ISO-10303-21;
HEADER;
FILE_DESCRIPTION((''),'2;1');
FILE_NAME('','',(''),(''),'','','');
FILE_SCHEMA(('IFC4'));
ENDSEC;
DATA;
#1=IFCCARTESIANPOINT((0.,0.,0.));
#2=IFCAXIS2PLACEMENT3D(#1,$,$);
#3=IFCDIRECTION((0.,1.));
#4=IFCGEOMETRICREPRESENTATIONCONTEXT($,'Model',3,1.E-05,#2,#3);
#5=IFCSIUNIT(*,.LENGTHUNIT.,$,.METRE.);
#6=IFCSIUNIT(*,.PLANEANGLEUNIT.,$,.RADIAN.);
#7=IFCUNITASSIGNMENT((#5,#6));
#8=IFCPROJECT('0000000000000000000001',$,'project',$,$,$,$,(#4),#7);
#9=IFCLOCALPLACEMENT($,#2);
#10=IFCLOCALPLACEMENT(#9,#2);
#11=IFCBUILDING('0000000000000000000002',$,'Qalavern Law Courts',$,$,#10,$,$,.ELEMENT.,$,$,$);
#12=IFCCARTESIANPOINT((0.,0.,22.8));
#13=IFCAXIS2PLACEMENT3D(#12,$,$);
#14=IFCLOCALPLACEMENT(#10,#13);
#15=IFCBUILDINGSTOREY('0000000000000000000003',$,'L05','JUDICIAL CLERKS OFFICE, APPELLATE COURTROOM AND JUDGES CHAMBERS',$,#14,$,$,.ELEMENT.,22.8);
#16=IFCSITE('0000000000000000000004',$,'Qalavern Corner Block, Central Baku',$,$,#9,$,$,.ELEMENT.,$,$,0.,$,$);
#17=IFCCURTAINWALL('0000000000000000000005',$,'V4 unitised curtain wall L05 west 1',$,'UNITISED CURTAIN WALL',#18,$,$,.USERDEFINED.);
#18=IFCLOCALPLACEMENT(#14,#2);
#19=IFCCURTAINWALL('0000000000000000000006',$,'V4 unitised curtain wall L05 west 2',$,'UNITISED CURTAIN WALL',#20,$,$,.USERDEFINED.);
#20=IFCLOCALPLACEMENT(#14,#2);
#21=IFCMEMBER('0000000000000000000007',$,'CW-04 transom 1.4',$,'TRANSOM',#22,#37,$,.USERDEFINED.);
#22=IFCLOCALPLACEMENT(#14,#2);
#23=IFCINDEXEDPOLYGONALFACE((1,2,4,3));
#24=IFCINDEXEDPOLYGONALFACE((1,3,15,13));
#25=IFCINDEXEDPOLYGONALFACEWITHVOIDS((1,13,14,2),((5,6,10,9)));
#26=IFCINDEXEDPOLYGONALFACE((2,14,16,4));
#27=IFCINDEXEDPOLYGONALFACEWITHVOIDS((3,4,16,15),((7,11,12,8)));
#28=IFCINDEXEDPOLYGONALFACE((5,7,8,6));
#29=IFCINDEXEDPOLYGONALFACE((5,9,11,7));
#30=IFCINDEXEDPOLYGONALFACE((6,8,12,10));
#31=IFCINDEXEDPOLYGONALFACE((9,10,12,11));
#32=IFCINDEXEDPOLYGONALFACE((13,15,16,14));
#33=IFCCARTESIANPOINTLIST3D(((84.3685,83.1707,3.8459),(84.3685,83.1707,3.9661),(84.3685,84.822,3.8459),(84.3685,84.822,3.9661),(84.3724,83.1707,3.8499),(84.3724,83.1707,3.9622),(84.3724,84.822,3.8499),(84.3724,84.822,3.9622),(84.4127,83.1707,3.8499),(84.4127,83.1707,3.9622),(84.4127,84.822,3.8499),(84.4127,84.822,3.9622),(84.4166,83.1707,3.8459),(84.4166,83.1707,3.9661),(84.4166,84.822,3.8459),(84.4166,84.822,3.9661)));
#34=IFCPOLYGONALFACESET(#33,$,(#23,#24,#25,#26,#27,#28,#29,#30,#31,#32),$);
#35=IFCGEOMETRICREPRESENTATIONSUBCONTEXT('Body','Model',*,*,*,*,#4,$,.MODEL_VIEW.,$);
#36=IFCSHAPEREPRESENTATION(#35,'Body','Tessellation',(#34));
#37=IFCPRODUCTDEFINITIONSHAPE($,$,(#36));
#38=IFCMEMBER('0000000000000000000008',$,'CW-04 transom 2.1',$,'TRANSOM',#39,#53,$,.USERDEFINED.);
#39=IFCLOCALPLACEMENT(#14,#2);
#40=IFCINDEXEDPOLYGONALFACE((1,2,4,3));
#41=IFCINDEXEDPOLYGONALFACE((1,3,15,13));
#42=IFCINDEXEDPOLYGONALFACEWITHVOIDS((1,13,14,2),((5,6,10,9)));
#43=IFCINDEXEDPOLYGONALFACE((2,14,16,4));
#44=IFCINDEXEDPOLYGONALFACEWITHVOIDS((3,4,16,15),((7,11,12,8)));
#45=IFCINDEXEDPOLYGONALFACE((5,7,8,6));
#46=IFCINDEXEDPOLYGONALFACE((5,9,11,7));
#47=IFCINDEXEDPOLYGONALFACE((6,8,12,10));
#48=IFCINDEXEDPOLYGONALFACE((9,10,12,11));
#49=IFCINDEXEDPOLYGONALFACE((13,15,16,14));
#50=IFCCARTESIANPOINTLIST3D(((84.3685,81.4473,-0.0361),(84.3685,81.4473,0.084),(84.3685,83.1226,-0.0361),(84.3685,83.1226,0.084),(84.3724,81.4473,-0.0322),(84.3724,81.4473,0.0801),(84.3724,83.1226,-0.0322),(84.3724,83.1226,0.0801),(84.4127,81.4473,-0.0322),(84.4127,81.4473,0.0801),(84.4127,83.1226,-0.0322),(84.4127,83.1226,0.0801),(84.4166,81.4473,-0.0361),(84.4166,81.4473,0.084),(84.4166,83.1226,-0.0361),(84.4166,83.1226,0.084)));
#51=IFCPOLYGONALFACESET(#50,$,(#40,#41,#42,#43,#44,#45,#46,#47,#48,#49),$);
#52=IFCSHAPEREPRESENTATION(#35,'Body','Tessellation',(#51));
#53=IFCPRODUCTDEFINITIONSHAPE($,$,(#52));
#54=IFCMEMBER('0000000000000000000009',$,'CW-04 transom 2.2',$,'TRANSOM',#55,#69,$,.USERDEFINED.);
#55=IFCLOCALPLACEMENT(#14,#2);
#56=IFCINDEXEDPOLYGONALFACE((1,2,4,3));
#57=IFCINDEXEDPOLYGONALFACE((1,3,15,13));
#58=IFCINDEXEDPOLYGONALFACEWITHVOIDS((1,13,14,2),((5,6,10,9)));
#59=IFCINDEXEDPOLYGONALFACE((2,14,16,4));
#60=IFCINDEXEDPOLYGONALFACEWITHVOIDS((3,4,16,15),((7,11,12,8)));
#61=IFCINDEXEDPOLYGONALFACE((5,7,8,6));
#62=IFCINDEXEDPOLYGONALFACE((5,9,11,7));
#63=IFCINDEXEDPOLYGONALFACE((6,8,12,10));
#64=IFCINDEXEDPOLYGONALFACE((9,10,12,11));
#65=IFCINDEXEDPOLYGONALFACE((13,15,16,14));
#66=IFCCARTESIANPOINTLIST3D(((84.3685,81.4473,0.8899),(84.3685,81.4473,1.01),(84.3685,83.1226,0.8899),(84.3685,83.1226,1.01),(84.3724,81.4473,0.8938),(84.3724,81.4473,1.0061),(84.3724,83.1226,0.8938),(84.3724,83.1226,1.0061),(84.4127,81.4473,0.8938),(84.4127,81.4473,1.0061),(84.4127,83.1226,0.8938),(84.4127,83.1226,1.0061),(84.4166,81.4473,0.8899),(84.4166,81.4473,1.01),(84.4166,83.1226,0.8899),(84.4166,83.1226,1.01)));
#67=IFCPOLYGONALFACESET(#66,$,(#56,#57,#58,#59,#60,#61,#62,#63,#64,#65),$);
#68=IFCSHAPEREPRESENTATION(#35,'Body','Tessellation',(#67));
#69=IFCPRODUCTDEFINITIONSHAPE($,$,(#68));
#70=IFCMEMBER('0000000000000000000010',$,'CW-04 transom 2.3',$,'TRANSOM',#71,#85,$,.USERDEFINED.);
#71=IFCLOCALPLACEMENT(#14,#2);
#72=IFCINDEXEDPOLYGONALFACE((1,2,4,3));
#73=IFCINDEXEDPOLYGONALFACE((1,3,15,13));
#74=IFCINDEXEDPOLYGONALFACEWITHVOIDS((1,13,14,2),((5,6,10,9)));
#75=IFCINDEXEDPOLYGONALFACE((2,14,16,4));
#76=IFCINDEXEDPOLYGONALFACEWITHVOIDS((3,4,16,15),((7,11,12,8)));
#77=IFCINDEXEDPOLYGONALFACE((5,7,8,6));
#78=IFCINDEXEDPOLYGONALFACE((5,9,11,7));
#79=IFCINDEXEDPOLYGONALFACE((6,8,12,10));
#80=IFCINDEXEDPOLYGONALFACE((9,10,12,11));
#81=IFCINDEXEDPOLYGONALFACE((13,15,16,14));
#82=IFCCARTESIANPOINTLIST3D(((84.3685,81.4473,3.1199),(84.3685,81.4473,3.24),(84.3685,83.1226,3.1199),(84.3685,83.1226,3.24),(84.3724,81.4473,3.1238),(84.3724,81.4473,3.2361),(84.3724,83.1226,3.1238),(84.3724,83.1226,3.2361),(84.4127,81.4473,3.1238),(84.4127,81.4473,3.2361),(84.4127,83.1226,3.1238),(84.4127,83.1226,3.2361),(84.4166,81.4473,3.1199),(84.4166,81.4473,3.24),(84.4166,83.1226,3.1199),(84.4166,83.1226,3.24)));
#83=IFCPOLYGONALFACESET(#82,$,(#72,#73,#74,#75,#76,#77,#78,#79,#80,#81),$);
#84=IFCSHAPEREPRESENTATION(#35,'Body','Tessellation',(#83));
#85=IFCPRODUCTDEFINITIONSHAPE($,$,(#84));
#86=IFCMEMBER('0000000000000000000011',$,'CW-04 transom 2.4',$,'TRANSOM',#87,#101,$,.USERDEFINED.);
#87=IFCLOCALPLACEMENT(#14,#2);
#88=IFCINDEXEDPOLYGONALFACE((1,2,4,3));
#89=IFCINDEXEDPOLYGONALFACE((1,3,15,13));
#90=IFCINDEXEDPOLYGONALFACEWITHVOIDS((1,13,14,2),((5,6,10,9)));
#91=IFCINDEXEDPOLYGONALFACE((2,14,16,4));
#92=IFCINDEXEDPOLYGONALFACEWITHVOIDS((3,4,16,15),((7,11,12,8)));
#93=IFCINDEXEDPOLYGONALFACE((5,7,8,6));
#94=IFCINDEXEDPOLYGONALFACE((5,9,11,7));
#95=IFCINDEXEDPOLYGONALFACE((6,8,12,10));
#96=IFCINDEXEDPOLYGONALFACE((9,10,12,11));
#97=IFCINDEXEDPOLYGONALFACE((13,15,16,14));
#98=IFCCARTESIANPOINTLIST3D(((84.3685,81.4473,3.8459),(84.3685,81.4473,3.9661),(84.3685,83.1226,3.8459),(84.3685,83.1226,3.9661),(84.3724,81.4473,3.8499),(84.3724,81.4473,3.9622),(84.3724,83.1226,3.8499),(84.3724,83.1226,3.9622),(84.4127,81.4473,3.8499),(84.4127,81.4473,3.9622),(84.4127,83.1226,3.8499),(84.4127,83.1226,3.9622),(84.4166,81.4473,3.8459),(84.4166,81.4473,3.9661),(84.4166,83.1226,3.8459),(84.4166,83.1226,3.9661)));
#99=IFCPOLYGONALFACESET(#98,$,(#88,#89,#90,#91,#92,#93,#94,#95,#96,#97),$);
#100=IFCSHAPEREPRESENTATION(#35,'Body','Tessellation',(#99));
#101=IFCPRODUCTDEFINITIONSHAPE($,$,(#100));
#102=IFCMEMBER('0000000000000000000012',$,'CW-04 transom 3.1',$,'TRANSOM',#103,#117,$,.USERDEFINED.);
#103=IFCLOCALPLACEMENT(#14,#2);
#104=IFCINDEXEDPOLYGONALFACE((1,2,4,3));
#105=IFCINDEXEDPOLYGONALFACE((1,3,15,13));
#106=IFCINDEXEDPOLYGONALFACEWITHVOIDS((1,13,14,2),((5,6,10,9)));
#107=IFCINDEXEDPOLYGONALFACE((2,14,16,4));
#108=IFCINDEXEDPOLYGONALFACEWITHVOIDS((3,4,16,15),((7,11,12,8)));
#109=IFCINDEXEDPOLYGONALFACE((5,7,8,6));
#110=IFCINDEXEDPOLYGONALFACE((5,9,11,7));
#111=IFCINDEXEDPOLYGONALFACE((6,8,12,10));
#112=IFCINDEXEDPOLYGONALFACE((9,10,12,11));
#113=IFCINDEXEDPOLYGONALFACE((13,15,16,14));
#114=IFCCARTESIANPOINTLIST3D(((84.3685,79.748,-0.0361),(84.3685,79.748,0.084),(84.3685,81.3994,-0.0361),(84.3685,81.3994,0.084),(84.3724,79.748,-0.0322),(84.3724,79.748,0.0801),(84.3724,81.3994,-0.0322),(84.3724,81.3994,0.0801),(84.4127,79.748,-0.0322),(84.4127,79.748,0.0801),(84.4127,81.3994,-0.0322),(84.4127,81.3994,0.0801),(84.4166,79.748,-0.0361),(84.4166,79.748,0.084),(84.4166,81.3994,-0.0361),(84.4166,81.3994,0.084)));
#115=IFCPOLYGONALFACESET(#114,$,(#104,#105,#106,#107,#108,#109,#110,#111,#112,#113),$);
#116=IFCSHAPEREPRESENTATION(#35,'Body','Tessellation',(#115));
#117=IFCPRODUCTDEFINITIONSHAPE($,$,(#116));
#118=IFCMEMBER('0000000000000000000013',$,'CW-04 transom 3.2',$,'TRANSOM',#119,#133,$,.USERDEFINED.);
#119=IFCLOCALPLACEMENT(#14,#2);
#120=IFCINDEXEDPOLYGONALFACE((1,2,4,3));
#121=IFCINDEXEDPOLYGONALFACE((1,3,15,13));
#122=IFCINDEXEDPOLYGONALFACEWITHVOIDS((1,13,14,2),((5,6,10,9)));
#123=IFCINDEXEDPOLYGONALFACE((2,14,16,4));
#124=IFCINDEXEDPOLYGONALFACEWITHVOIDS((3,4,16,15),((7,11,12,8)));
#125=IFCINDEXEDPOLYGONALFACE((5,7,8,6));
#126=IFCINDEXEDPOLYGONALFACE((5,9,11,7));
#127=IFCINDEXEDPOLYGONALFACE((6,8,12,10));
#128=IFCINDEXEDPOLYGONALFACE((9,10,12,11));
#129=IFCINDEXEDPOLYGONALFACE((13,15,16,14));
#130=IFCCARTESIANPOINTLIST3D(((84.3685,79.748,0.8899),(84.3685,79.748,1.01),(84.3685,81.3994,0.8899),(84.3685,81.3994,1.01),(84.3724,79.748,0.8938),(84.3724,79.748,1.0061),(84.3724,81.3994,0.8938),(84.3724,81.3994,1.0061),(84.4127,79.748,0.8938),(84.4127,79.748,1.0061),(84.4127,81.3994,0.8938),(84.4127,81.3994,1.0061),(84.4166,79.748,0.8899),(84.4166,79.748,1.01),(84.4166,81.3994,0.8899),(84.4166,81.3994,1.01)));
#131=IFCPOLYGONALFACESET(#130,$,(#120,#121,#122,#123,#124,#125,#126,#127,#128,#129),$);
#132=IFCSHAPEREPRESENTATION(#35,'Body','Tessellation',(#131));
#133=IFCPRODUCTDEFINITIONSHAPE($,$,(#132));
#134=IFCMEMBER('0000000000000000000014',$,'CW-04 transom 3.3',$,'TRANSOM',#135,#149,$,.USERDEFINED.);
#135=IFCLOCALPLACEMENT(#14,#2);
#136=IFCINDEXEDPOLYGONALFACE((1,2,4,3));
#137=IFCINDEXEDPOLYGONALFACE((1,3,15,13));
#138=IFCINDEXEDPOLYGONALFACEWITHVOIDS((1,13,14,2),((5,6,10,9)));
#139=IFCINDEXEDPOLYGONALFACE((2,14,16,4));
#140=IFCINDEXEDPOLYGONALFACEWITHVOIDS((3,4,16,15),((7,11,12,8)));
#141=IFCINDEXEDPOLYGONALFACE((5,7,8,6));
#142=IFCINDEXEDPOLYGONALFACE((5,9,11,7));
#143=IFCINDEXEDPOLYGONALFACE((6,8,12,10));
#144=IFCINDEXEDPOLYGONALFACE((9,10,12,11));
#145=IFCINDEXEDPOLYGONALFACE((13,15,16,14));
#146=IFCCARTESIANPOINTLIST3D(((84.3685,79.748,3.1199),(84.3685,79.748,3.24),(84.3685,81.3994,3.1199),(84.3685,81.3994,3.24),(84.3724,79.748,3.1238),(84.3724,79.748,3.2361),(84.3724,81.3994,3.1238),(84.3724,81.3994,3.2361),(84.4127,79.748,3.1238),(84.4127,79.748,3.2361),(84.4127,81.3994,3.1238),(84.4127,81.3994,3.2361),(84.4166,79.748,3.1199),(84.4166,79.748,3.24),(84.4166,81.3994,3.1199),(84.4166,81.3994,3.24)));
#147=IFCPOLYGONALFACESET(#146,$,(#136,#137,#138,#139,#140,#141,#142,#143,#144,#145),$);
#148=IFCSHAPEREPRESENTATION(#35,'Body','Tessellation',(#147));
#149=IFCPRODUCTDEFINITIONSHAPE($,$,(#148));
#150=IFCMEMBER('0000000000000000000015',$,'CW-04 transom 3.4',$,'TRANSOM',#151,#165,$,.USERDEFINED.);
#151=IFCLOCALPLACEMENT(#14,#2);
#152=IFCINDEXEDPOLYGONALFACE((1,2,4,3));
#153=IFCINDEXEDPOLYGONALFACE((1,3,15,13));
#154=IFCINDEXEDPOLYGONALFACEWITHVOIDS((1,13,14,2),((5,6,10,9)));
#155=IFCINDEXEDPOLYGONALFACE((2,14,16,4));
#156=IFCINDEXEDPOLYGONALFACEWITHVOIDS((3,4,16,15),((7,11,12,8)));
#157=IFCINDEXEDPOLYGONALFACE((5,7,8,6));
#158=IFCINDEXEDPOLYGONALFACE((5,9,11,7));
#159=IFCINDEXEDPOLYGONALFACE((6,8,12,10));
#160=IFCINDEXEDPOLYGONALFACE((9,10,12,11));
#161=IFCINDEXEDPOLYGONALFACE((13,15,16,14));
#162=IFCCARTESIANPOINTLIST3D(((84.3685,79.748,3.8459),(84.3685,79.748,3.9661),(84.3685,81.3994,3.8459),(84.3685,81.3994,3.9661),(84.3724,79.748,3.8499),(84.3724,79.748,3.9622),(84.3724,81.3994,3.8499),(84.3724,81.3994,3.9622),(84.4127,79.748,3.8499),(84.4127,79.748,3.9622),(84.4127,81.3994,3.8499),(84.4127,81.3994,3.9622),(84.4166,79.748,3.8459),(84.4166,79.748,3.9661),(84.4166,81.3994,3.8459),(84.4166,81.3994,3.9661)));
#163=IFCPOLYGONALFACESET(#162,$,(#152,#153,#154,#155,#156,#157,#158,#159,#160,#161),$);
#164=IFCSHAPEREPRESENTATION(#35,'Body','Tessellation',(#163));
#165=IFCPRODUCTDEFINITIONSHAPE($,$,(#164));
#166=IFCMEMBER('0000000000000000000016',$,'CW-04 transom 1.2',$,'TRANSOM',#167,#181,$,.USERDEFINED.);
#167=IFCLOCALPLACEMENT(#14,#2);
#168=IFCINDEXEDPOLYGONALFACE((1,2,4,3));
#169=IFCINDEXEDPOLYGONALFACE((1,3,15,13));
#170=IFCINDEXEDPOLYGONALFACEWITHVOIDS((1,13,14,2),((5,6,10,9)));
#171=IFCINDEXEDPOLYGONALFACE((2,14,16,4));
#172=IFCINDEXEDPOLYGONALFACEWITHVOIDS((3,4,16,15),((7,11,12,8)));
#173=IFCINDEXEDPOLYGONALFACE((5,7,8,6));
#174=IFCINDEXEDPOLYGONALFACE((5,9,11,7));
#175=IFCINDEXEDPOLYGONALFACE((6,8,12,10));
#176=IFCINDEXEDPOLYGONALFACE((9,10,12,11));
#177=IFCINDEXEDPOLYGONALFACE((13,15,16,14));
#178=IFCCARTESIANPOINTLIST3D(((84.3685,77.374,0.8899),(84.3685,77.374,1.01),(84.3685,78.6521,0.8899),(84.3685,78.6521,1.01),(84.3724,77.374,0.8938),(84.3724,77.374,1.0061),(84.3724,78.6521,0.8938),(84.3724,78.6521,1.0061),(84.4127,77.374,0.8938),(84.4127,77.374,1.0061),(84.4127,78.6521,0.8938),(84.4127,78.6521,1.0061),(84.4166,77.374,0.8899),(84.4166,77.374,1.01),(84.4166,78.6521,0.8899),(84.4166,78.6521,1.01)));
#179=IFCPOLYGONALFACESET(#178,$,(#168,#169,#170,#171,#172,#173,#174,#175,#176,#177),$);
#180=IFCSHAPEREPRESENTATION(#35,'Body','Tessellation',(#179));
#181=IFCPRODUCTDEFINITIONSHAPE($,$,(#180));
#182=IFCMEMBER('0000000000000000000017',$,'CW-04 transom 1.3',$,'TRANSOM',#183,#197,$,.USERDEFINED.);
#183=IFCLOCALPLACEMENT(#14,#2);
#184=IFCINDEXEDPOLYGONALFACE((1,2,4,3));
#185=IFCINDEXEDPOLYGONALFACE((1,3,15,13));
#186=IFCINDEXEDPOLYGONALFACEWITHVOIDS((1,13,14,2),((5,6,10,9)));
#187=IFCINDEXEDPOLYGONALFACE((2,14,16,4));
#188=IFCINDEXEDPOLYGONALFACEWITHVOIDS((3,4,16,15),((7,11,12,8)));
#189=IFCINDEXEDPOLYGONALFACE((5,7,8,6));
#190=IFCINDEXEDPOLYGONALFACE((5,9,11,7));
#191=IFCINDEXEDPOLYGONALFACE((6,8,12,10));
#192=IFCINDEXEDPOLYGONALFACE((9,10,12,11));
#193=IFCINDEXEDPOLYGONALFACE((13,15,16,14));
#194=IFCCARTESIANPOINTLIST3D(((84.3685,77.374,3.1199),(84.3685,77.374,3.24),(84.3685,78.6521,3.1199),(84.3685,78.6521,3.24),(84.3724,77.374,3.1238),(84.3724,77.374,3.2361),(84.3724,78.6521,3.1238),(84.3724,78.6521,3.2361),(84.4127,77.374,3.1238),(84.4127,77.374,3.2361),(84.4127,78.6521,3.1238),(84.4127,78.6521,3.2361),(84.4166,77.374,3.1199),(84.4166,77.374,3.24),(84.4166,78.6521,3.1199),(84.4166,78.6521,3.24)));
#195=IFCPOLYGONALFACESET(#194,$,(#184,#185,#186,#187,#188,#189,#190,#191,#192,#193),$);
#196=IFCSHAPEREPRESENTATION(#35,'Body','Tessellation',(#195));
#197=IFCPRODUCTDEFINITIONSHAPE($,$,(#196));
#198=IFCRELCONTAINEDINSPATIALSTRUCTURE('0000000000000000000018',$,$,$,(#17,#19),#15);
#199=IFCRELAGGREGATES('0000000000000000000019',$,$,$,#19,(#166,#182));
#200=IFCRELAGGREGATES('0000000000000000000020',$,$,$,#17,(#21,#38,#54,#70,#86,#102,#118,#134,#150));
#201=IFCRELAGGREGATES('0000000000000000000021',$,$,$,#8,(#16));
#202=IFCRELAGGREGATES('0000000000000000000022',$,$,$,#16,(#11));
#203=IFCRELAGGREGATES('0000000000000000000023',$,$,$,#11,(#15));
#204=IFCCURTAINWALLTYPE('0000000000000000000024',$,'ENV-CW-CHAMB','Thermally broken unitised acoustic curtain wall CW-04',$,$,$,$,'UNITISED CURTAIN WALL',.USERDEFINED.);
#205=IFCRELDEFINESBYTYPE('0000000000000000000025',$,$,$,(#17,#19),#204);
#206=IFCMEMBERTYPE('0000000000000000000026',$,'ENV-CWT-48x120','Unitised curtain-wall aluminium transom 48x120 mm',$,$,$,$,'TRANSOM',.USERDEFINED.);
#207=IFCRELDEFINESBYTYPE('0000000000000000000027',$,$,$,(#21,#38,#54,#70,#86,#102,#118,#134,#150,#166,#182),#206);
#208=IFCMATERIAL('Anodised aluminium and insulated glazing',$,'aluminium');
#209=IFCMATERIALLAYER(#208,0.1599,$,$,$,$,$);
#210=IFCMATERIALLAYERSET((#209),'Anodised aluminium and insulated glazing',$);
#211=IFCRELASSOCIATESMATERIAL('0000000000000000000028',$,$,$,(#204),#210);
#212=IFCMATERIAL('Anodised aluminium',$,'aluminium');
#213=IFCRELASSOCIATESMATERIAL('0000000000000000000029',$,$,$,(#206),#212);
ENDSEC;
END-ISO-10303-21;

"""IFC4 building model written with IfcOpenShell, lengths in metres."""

from ifc_helpers import new_model, si_unit, direction, frame, origin, origin_2d, place, context, subcontext, project, spatial, hollow_rectangle, extrude, material, layer, layer_set, material_profile, profile_set, type_object, element, aggregate, save


model = new_model("IFC4")

# Units and contexts
model_context = context("Model", 3, precision=1e-05, world=origin(), true_north=direction((0.0, 1.0)))
body_context = subcontext(model_context, "Body", "Model", "MODEL_VIEW")
ifc_project = project(units=[si_unit("LENGTHUNIT", "METRE"), si_unit("PLANEANGLEUNIT", "RADIAN")], contexts=[model_context])

# Site, building, storey
site_placement = place(None, origin())
site = spatial("IfcSite", under=ifc_project, at=site_placement, Name="Qalavern Corner Block, Central Baku", CompositionType="ELEMENT", RefElevation=0.0)
building_placement = place(site_placement, origin())
building = spatial("IfcBuilding", under=site, at=building_placement, Name="Qalavern Law Courts", CompositionType="ELEMENT")
storey_placement = place(building_placement, frame((0.0, 0.0, 22.8)))
storey = spatial("IfcBuildingStorey", under=building, at=storey_placement, Name="L05", Description="JUDICIAL CLERKS OFFICE, APPELLATE COURTROOM AND JUDGES CHAMBERS", CompositionType="ELEMENT", Elevation=22.8)

# Shared definitions
ifc_material_1 = material(Name="Anodised aluminium and insulated glazing", Category="aluminium")
ifc_layer_1 = layer(ifc_material_1, 0.1599)
ifc_layer_set_1 = layer_set([ifc_layer_1], Name="Anodised aluminium and insulated glazing")
curtain_wall_type = type_object("IfcCurtainWallType", Name="ENV-CW-CHAMB", Description="Thermally broken unitised acoustic curtain wall CW-04", ElementType="UNITISED CURTAIN WALL", PredefinedType="USERDEFINED", material=ifc_layer_set_1)
ifc_material_2 = material(Name="Anodised aluminium", Category="aluminium")

# Curtain wall
curtain_wall_1_placement = place(storey_placement, origin())
curtain_wall_1 = element("IfcCurtainWall", 1, at=curtain_wall_1_placement, inside=storey, type_object=curtain_wall_type, Name="V4 unitised curtain wall L05 west 1", ObjectType="UNITISED CURTAIN WALL", PredefinedType="USERDEFINED")

# Curtain wall
curtain_wall_2_placement = place(storey_placement, origin())
curtain_wall_2 = element("IfcCurtainWall", 2, at=curtain_wall_2_placement, inside=storey, type_object=curtain_wall_type, Name="V4 unitised curtain wall L05 west 2", ObjectType="UNITISED CURTAIN WALL", PredefinedType="USERDEFINED")

# Members
ifc_material_profile_1 = material_profile(ifc_material_2, hollow_rectangle(XDim=0.0481, YDim=0.1201, WallThickness=0.0039, at=origin_2d()), Name="ALU TRANSOM 48x120")
ifc_profile_set_1 = profile_set([ifc_material_profile_1], Name="Anodised aluminium")
member_type_1 = type_object("IfcMemberType", Name="ENV-CWT-48x120", Description="Unitised curtain-wall aluminium transom 48x120 mm", ElementType="TRANSOM", PredefinedType="USERDEFINED", material=ifc_profile_set_1)
member_1_placement = place(storey_placement, frame((84.3926, 84.822, 3.906), z_axis=(0.0, -1.0, 0.0), x_axis=(1.0, 0.0, 0.0)))
member_1 = element("IfcMember", 3, at=member_1_placement, type_object=member_type_1, Name="CW-04 transom 1.4", ObjectType="TRANSOM", PredefinedType="USERDEFINED", context=body_context, shape_type="SweptSolid", body=[
    extrude(hollow_rectangle(XDim=0.0481, YDim=0.1201, WallThickness=0.0039, at=origin_2d()), origin(), (0.0, 0.0, 1.0), 1.6514),
])
member_2_placement = place(storey_placement, frame((84.3926, 83.1226, 0.0239), z_axis=(0.0, -1.0, 0.0), x_axis=(1.0, 0.0, 0.0)))
member_2 = element("IfcMember", 4, at=member_2_placement, type_object=member_type_1, Name="CW-04 transom 2.1", ObjectType="TRANSOM", PredefinedType="USERDEFINED", context=body_context, shape_type="SweptSolid", body=[
    extrude(hollow_rectangle(XDim=0.0481, YDim=0.1201, WallThickness=0.0039, at=origin_2d()), origin(), (0.0, 0.0, 1.0), 1.6753),
])
member_3_placement = place(storey_placement, frame((84.3926, 83.1226, 0.95), z_axis=(0.0, -1.0, 0.0), x_axis=(1.0, 0.0, 0.0)))
member_3 = element("IfcMember", 5, at=member_3_placement, type_object=member_type_1, Name="CW-04 transom 2.2", ObjectType="TRANSOM", PredefinedType="USERDEFINED", context=body_context, shape_type="SweptSolid", body=[
    extrude(hollow_rectangle(XDim=0.0481, YDim=0.1201, WallThickness=0.0039, at=origin_2d()), origin(), (0.0, 0.0, 1.0), 1.6753),
])
member_4_placement = place(storey_placement, frame((84.3926, 83.1226, 3.1799), z_axis=(0.0, -1.0, 0.0), x_axis=(1.0, 0.0, 0.0)))
member_4 = element("IfcMember", 6, at=member_4_placement, type_object=member_type_1, Name="CW-04 transom 2.3", ObjectType="TRANSOM", PredefinedType="USERDEFINED", context=body_context, shape_type="SweptSolid", body=[
    extrude(hollow_rectangle(XDim=0.0481, YDim=0.1201, WallThickness=0.0039, at=origin_2d()), origin(), (0.0, 0.0, 1.0), 1.6753),
])
member_5_placement = place(storey_placement, frame((84.3926, 83.1226, 3.906), z_axis=(0.0, -1.0, 0.0), x_axis=(1.0, 0.0, 0.0)))
member_5 = element("IfcMember", 7, at=member_5_placement, type_object=member_type_1, Name="CW-04 transom 2.4", ObjectType="TRANSOM", PredefinedType="USERDEFINED", context=body_context, shape_type="SweptSolid", body=[
    extrude(hollow_rectangle(XDim=0.0481, YDim=0.1201, WallThickness=0.0039, at=origin_2d()), origin(), (0.0, 0.0, 1.0), 1.6753),
])
member_6_placement = place(storey_placement, frame((84.3926, 81.3994, 0.0239), z_axis=(0.0, -1.0, 0.0), x_axis=(1.0, 0.0, 0.0)))
member_6 = element("IfcMember", 8, at=member_6_placement, type_object=member_type_1, Name="CW-04 transom 3.1", ObjectType="TRANSOM", PredefinedType="USERDEFINED", context=body_context, shape_type="SweptSolid", body=[
    extrude(hollow_rectangle(XDim=0.0481, YDim=0.1201, WallThickness=0.0039, at=origin_2d()), origin(), (0.0, 0.0, 1.0), 1.6514),
])
member_7_placement = place(storey_placement, frame((84.3926, 81.3994, 0.95), z_axis=(0.0, -1.0, 0.0), x_axis=(1.0, 0.0, 0.0)))
member_7 = element("IfcMember", 9, at=member_7_placement, type_object=member_type_1, Name="CW-04 transom 3.2", ObjectType="TRANSOM", PredefinedType="USERDEFINED", context=body_context, shape_type="SweptSolid", body=[
    extrude(hollow_rectangle(XDim=0.0481, YDim=0.1201, WallThickness=0.0039, at=origin_2d()), origin(), (0.0, 0.0, 1.0), 1.6514),
])
member_8_placement = place(storey_placement, frame((84.3926, 81.3994, 3.1799), z_axis=(0.0, -1.0, 0.0), x_axis=(1.0, 0.0, 0.0)))
member_8 = element("IfcMember", 10, at=member_8_placement, type_object=member_type_1, Name="CW-04 transom 3.3", ObjectType="TRANSOM", PredefinedType="USERDEFINED", context=body_context, shape_type="SweptSolid", body=[
    extrude(hollow_rectangle(XDim=0.0481, YDim=0.1201, WallThickness=0.0039, at=origin_2d()), origin(), (0.0, 0.0, 1.0), 1.6514),
])
member_9_placement = place(storey_placement, frame((84.3926, 81.3994, 3.906), z_axis=(0.0, -1.0, 0.0), x_axis=(1.0, 0.0, 0.0)))
member_9 = element("IfcMember", 11, at=member_9_placement, type_object=member_type_1, Name="CW-04 transom 3.4", ObjectType="TRANSOM", PredefinedType="USERDEFINED", context=body_context, shape_type="SweptSolid", body=[
    extrude(hollow_rectangle(XDim=0.0481, YDim=0.1201, WallThickness=0.0039, at=origin_2d()), origin(), (0.0, 0.0, 1.0), 1.6514),
])
member_10_placement = place(storey_placement, frame((84.3926, 78.6521, 0.95), z_axis=(0.0, -1.0, 0.0), x_axis=(1.0, 0.0, 0.0)))
member_10 = element("IfcMember", 12, at=member_10_placement, type_object=member_type_1, Name="CW-04 transom 1.2", ObjectType="TRANSOM", PredefinedType="USERDEFINED", context=body_context, shape_type="SweptSolid", body=[
    extrude(hollow_rectangle(XDim=0.0481, YDim=0.1201, WallThickness=0.0039, at=origin_2d()), origin(), (0.0, 0.0, 1.0), 1.2781),
])
member_11_placement = place(storey_placement, frame((84.3926, 78.6521, 3.1799), z_axis=(0.0, -1.0, 0.0), x_axis=(1.0, 0.0, 0.0)))
member_11 = element("IfcMember", 13, at=member_11_placement, type_object=member_type_1, Name="CW-04 transom 1.3", ObjectType="TRANSOM", PredefinedType="USERDEFINED", context=body_context, shape_type="SweptSolid", body=[
    extrude(hollow_rectangle(XDim=0.0481, YDim=0.1201, WallThickness=0.0039, at=origin_2d()), origin(), (0.0, 0.0, 1.0), 1.2781),
])
aggregate(curtain_wall_2, [member_10, member_11])

aggregate(curtain_wall_1, [member_1, member_2, member_3, member_4, member_5, member_6, member_7, member_8, member_9])

save(model, "model.ifc")
